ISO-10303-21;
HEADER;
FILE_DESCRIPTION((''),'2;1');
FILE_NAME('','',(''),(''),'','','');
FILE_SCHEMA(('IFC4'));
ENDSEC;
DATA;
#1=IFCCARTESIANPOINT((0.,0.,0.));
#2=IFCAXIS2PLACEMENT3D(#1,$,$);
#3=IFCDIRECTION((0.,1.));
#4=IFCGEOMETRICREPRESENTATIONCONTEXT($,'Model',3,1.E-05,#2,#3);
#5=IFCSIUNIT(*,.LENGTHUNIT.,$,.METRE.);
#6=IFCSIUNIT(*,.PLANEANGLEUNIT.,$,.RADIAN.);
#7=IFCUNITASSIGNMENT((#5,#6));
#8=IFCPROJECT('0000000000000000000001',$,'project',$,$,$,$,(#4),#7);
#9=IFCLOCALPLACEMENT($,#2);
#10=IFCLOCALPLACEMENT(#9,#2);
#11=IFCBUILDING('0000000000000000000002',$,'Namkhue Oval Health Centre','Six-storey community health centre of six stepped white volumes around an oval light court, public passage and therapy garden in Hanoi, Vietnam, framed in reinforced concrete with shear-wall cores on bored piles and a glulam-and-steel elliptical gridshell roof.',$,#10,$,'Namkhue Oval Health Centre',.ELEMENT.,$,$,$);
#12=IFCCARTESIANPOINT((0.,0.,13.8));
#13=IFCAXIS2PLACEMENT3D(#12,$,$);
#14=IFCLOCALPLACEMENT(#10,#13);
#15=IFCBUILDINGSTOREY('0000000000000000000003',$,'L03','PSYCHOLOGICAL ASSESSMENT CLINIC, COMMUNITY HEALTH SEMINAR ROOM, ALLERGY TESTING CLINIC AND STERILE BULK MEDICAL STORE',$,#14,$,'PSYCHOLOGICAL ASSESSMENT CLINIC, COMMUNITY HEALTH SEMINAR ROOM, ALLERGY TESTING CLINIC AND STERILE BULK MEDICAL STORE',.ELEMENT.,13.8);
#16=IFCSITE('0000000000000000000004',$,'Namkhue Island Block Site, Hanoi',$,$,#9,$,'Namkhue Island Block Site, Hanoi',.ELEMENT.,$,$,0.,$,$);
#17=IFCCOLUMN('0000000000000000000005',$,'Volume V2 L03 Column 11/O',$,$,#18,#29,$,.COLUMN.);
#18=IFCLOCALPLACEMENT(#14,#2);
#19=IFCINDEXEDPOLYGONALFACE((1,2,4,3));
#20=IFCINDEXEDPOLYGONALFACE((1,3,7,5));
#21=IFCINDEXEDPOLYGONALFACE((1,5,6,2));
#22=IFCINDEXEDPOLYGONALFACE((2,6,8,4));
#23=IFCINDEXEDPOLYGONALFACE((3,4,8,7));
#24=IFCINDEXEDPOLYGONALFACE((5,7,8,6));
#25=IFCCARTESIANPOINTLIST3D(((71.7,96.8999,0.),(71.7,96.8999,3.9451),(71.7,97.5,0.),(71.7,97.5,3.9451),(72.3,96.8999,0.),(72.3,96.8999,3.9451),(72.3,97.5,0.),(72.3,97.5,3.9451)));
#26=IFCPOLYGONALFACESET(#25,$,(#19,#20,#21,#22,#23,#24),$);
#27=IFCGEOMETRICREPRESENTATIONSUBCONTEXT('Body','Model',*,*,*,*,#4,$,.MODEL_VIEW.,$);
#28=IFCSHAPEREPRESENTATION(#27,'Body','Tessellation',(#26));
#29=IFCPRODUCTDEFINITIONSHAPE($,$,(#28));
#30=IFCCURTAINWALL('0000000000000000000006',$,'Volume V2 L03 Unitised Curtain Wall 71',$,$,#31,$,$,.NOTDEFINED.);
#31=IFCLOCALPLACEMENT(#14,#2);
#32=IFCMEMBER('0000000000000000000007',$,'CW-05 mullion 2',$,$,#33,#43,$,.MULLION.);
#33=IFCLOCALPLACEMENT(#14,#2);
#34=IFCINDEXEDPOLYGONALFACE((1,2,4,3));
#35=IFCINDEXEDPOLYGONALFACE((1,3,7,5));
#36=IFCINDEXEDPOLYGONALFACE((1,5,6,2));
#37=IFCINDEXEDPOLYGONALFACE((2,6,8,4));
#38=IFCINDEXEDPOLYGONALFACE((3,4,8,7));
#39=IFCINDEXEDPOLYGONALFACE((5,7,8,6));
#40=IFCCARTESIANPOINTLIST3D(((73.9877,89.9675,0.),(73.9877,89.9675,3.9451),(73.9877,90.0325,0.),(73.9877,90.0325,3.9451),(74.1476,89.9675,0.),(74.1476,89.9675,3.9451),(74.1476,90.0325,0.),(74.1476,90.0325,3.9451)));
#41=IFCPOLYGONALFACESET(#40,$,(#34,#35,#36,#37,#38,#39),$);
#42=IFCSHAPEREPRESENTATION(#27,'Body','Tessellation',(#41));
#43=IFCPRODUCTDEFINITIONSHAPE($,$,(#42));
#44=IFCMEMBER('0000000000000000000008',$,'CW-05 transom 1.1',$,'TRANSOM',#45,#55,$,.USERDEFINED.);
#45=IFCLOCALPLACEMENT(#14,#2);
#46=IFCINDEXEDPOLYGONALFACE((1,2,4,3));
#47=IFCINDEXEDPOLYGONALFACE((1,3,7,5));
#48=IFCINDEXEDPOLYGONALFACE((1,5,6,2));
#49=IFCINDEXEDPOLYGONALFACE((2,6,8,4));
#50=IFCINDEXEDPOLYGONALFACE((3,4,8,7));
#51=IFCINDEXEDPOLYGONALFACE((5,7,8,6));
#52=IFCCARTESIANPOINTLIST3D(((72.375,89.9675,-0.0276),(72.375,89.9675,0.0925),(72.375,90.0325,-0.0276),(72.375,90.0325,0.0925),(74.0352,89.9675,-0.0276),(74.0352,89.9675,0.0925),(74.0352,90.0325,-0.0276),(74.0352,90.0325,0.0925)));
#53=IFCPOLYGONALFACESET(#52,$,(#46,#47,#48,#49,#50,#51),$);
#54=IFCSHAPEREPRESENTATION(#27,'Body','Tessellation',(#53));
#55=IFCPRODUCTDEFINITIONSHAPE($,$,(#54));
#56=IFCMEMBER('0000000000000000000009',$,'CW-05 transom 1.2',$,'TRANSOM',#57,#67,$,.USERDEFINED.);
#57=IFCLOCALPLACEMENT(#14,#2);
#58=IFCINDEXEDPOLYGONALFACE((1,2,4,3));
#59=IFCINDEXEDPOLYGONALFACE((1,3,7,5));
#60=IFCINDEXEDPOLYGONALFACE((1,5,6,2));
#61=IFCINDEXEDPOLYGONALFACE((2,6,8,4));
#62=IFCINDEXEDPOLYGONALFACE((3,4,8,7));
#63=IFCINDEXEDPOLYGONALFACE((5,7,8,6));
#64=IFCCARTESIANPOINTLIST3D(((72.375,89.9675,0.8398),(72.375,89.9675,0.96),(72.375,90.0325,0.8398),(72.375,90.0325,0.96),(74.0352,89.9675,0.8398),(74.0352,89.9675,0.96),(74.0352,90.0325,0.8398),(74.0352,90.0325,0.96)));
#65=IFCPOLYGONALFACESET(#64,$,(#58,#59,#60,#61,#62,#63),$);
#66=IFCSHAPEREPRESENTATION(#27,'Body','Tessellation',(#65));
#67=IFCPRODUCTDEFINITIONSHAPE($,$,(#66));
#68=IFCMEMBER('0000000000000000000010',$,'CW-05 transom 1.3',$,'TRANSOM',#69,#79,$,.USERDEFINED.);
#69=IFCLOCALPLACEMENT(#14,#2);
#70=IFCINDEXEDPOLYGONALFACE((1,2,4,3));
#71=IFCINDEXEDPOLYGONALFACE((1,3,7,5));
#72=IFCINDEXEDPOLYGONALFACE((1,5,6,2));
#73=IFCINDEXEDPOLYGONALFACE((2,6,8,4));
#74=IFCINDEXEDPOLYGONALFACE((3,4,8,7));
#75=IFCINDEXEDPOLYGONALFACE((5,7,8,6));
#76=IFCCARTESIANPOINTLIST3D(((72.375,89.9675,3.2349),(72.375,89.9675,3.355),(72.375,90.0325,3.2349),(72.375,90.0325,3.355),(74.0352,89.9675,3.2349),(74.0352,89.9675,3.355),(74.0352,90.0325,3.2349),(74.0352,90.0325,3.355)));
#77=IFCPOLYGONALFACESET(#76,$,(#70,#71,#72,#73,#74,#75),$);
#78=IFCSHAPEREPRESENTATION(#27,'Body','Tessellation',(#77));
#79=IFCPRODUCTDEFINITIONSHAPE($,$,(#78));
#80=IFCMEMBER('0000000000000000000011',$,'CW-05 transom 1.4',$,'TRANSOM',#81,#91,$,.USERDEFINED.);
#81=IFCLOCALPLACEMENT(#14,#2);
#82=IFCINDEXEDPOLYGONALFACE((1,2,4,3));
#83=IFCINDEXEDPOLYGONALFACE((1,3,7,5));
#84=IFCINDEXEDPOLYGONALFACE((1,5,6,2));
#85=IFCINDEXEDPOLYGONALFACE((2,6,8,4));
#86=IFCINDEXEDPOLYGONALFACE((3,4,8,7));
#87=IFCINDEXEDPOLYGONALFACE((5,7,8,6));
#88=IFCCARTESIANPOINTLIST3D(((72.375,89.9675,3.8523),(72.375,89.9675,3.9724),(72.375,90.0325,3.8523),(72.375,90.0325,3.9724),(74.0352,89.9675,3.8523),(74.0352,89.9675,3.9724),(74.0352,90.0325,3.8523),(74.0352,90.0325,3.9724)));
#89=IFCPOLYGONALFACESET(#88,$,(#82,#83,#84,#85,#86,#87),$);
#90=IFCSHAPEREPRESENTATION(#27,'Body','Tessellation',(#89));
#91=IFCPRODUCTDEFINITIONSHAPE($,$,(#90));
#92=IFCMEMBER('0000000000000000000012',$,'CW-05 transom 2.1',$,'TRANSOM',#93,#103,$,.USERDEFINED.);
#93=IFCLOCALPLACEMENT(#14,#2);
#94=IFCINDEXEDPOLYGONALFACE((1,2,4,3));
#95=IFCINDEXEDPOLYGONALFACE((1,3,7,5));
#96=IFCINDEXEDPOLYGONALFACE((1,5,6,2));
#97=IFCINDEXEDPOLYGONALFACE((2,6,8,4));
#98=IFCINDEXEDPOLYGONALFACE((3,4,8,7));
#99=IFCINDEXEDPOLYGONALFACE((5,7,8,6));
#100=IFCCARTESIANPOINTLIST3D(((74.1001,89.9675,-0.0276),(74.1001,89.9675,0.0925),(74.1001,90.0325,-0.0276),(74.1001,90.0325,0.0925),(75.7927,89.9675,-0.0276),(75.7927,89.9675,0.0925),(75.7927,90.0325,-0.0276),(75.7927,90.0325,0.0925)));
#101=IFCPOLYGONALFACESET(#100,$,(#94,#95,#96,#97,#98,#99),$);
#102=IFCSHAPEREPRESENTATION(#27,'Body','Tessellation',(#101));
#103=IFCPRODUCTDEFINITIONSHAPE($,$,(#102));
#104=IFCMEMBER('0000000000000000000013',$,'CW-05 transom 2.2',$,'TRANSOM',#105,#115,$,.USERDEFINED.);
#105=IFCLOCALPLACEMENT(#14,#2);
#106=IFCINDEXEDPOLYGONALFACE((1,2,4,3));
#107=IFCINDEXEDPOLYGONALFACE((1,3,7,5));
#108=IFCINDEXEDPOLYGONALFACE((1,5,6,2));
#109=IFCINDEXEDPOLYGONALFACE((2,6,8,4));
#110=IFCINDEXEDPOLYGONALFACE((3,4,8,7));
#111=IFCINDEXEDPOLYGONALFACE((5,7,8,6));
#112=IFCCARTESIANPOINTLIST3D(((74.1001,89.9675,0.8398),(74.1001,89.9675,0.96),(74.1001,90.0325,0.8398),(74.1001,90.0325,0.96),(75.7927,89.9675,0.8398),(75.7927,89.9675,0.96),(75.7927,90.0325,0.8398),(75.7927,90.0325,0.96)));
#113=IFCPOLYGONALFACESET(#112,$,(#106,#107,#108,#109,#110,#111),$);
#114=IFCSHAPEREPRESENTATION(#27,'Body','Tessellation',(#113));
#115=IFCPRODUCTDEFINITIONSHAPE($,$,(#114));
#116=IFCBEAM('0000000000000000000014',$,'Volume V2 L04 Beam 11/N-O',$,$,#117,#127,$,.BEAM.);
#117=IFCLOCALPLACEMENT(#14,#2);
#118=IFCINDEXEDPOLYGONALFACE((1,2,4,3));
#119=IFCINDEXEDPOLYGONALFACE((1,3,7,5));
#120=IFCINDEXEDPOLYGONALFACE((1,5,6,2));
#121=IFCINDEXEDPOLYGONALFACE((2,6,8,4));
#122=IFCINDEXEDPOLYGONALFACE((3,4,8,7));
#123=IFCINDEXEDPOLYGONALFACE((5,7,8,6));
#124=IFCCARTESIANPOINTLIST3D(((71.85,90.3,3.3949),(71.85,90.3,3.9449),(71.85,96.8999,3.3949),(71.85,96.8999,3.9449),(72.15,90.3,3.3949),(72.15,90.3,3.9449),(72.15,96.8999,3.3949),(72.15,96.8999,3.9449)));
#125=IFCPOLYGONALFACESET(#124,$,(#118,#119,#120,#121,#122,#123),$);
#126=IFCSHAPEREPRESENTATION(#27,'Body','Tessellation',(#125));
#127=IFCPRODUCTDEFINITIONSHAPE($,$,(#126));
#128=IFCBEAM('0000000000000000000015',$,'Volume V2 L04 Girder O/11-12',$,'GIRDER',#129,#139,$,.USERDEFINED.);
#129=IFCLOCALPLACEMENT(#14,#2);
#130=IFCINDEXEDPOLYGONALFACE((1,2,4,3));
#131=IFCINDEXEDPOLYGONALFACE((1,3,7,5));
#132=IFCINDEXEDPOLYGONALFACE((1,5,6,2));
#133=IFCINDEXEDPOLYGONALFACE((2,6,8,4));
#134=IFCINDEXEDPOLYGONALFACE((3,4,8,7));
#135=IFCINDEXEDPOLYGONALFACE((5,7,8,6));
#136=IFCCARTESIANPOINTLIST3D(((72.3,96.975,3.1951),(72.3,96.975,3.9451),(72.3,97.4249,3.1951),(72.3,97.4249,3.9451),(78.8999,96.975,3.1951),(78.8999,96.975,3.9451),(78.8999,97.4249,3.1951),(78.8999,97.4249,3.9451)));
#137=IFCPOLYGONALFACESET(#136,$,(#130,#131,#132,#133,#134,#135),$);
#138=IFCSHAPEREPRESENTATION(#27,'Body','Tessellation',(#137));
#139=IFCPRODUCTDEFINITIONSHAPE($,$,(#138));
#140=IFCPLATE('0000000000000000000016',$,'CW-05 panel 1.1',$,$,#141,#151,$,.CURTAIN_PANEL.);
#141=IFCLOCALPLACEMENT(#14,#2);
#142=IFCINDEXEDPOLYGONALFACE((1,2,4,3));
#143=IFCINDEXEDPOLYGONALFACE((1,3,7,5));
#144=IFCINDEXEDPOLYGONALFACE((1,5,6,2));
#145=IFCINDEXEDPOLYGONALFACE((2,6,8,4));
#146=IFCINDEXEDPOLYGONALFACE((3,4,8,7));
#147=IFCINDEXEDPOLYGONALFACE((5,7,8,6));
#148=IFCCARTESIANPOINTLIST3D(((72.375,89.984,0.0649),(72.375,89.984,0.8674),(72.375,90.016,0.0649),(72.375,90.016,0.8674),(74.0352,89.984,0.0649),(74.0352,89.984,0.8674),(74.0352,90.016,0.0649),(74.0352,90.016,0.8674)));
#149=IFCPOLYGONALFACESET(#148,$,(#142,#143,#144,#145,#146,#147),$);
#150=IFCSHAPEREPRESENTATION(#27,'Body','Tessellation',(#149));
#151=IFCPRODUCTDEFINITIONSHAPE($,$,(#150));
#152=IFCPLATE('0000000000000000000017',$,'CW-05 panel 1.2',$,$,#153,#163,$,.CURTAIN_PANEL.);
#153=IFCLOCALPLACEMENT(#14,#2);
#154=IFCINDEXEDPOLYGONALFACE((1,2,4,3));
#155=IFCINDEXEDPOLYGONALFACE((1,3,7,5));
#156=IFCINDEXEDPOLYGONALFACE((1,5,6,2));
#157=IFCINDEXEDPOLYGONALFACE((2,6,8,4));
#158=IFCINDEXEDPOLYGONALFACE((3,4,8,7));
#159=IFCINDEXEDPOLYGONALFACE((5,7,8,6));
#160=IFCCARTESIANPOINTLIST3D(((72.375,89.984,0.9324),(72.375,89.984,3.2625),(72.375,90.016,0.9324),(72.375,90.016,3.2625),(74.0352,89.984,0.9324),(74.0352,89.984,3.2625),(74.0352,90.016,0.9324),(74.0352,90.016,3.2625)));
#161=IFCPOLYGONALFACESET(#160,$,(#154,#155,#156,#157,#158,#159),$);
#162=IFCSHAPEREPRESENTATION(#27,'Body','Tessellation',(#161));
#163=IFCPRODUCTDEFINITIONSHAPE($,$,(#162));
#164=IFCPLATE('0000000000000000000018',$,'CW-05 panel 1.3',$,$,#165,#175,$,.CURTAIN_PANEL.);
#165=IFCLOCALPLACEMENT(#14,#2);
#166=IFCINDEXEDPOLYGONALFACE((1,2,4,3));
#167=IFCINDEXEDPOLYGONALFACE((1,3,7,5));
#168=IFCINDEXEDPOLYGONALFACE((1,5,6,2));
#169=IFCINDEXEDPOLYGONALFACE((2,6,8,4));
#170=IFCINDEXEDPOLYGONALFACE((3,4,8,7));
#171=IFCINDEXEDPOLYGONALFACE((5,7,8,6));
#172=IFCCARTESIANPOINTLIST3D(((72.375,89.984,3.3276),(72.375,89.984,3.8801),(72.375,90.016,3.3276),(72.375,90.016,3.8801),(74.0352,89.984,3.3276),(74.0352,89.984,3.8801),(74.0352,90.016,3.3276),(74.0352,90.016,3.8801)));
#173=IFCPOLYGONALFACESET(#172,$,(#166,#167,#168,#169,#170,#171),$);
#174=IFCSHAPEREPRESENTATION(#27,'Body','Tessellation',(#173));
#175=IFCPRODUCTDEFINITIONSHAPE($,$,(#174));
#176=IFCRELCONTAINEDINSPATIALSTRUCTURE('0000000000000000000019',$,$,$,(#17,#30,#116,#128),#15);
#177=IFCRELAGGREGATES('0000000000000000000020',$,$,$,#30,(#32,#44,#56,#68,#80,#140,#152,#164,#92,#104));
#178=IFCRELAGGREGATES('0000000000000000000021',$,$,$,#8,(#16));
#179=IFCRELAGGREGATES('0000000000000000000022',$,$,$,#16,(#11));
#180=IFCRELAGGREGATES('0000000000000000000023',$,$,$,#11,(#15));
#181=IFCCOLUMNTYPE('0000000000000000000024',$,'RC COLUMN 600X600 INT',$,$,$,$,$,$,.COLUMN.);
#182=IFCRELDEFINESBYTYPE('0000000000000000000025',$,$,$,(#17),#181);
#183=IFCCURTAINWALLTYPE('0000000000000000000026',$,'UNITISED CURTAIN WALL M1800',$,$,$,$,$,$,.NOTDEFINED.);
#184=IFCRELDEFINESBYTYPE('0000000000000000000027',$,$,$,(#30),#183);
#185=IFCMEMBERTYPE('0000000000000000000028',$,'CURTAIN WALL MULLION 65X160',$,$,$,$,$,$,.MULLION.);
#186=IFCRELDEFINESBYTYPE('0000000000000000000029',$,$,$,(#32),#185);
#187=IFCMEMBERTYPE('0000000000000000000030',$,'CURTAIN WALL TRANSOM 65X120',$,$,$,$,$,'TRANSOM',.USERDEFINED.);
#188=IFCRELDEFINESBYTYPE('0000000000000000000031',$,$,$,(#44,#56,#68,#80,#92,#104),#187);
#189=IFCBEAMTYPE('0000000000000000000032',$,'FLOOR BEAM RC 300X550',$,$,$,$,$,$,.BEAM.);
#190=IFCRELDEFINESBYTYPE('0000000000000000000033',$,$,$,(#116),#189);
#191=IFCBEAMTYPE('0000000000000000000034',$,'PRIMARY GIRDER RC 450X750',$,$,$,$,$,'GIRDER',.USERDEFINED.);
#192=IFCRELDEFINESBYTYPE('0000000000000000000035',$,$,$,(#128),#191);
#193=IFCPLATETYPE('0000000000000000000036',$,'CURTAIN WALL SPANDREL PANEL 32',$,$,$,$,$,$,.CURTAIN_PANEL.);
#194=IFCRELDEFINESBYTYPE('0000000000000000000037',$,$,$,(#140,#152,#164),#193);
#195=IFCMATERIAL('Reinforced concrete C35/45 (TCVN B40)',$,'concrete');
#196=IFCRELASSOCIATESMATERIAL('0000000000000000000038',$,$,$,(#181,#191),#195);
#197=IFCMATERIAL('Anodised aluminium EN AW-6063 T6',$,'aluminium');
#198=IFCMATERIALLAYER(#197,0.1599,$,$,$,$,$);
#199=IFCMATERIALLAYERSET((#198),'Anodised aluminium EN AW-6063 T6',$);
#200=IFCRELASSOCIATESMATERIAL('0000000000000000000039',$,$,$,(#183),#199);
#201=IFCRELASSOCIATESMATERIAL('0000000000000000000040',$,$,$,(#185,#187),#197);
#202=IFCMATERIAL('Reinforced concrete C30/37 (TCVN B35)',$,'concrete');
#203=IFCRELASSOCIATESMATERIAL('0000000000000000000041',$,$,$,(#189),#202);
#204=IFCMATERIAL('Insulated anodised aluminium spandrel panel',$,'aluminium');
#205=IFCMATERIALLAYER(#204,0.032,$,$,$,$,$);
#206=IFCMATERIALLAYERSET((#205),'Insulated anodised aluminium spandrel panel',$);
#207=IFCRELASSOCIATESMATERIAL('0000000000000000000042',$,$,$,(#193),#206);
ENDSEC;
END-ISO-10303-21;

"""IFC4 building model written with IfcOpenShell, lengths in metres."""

from ifc_helpers import new_model, si_unit, direction, frame, origin, origin_2d, place, context, subcontext, project, spatial, rectangle, extrude, material, layer, layer_set, material_profile, profile_set, type_object, element, aggregate, save


model = new_model("IFC4")

# Units and contexts
model_context = context("Model", 3, precision=1e-05, world=origin(), true_north=direction((0.0, 1.0)))
body_context = subcontext(model_context, "Body", "Model", "MODEL_VIEW")
ifc_project = project(units=[si_unit("LENGTHUNIT", "METRE"), si_unit("PLANEANGLEUNIT", "RADIAN")], contexts=[model_context])

# Site, building, storey
site_placement = place(None, origin())
site = spatial("IfcSite", under=ifc_project, at=site_placement, Name="Namkhue Island Block Site, Hanoi", LongName="Namkhue Island Block Site, Hanoi", CompositionType="ELEMENT", RefElevation=0.0)
building_placement = place(site_placement, origin())
building = spatial("IfcBuilding", under=site, at=building_placement, Name="Namkhue Oval Health Centre", Description="Six-storey community health centre of six stepped white volumes around an oval light court, public passage and therapy garden in Hanoi, Vietnam, framed in reinforced concrete with shear-wall cores on bored piles and a glulam-and-steel elliptical gridshell roof.", LongName="Namkhue Oval Health Centre", CompositionType="ELEMENT")
storey_placement = place(building_placement, frame((0.0, 0.0, 13.8)))
storey = spatial("IfcBuildingStorey", under=building, at=storey_placement, Name="L03", Description="PSYCHOLOGICAL ASSESSMENT CLINIC, COMMUNITY HEALTH SEMINAR ROOM, ALLERGY TESTING CLINIC AND STERILE BULK MEDICAL STORE", LongName="PSYCHOLOGICAL ASSESSMENT CLINIC, COMMUNITY HEALTH SEMINAR ROOM, ALLERGY TESTING CLINIC AND STERILE BULK MEDICAL STORE", CompositionType="ELEMENT", Elevation=13.8)

# Column
ifc_material_1 = material(Name="Reinforced concrete C35/45 (TCVN B40)", Category="concrete")
ifc_material_profile_1 = material_profile(ifc_material_1, rectangle(XDim=0.6001, YDim=0.6001, at=origin_2d()), Name="RC 600x600")
ifc_profile_set_1 = profile_set([ifc_material_profile_1], Name="Reinforced concrete C35/45 (TCVN B40)")
column_type = type_object("IfcColumnType", Name="RC COLUMN 600X600 INT", PredefinedType="COLUMN", material=ifc_profile_set_1)
column_placement = place(storey_placement, frame((72.0, 97.2, 0.0), z_axis=(0.0, 0.0, 1.0), x_axis=(1.0, 0.0, 0.0)))
element("IfcColumn", 1, at=column_placement, inside=storey, type_object=column_type, Name="Volume V2 L03 Column 11/O", PredefinedType="COLUMN", context=body_context, shape_type="SweptSolid", body=[
    extrude(rectangle(XDim=0.6001, YDim=0.6001, at=origin_2d()), origin(), (0.0, 0.0, 1.0), 3.9451),
])

# Curtain wall, members
ifc_material_2 = material(Name="Anodised aluminium EN AW-6063 T6", Category="aluminium")
ifc_layer_1 = layer(ifc_material_2, 0.1599)
ifc_layer_set_1 = layer_set([ifc_layer_1], Name="Anodised aluminium EN AW-6063 T6")
curtain_wall_type = type_object("IfcCurtainWallType", Name="UNITISED CURTAIN WALL M1800", PredefinedType="NOTDEFINED", material=ifc_layer_set_1)
curtain_wall_placement = place(storey_placement, origin())
curtain_wall = element("IfcCurtainWall", 2, at=curtain_wall_placement, inside=storey, type_object=curtain_wall_type, Name="Volume V2 L03 Unitised Curtain Wall 71", PredefinedType="NOTDEFINED")
ifc_material_profile_2 = material_profile(ifc_material_2, rectangle(XDim=0.0649, YDim=0.1599, at=origin_2d()), Name="ALU 65x160")
ifc_profile_set_2 = profile_set([ifc_material_profile_2], Name="Anodised aluminium EN AW-6063 T6")
member_type_1 = type_object("IfcMemberType", Name="CURTAIN WALL MULLION 65X160", PredefinedType="MULLION", material=ifc_profile_set_2)
member_1_placement = place(storey_placement, frame((74.0676, 90.0, 0.0), z_axis=(0.0, 0.0, 1.0), x_axis=(0.0, 1.0, 0.0)))
member_1 = element("IfcMember", 3, at=member_1_placement, type_object=member_type_1, Name="CW-05 mullion 2", PredefinedType="MULLION", context=body_context, shape_type="SweptSolid", body=[
    extrude(rectangle(XDim=0.0649, YDim=0.1599, at=origin_2d()), origin(), (0.0, 0.0, 1.0), 3.9451),
])
ifc_material_profile_3 = material_profile(ifc_material_2, rectangle(XDim=0.0649, YDim=0.1201, at=origin_2d()), Name="ALU 65x120")
ifc_profile_set_3 = profile_set([ifc_material_profile_3], Name="Anodised aluminium EN AW-6063 T6")
member_type_2 = type_object("IfcMemberType", Name="CURTAIN WALL TRANSOM 65X120", ElementType="TRANSOM", PredefinedType="USERDEFINED", material=ifc_profile_set_3)
member_2_placement = place(storey_placement, frame((72.375, 90.0, 0.0325), z_axis=(1.0, 0.0, 0.0), x_axis=(0.0, 1.0, 0.0)))
member_2 = element("IfcMember", 4, at=member_2_placement, type_object=member_type_2, Name="CW-05 transom 1.1", ObjectType="TRANSOM", PredefinedType="USERDEFINED", context=body_context, shape_type="SweptSolid", body=[
    extrude(rectangle(XDim=0.0649, YDim=0.1201, at=origin_2d()), origin(), (0.0, 0.0, 1.0), 1.6602),
])
member_3_placement = place(storey_placement, frame((72.375, 90.0, 0.8999), z_axis=(1.0, 0.0, 0.0), x_axis=(0.0, 1.0, 0.0)))
member_3 = element("IfcMember", 5, at=member_3_placement, type_object=member_type_2, Name="CW-05 transom 1.2", ObjectType="TRANSOM", PredefinedType="USERDEFINED", context=body_context, shape_type="SweptSolid", body=[
    extrude(rectangle(XDim=0.0649, YDim=0.1201, at=origin_2d()), origin(), (0.0, 0.0, 1.0), 1.6602),
])
member_4_placement = place(storey_placement, frame((72.375, 90.0, 3.2949), z_axis=(1.0, 0.0, 0.0), x_axis=(0.0, 1.0, 0.0)))
member_4 = element("IfcMember", 6, at=member_4_placement, type_object=member_type_2, Name="CW-05 transom 1.3", ObjectType="TRANSOM", PredefinedType="USERDEFINED", context=body_context, shape_type="SweptSolid", body=[
    extrude(rectangle(XDim=0.0649, YDim=0.1201, at=origin_2d()), origin(), (0.0, 0.0, 1.0), 1.6602),
])
member_5_placement = place(storey_placement, frame((72.375, 90.0, 3.9124), z_axis=(1.0, 0.0, 0.0), x_axis=(0.0, 1.0, 0.0)))
member_5 = element("IfcMember", 7, at=member_5_placement, type_object=member_type_2, Name="CW-05 transom 1.4", ObjectType="TRANSOM", PredefinedType="USERDEFINED", context=body_context, shape_type="SweptSolid", body=[
    extrude(rectangle(XDim=0.0649, YDim=0.1201, at=origin_2d()), origin(), (0.0, 0.0, 1.0), 1.6602),
])
member_6_placement = place(storey_placement, frame((74.1001, 90.0, 0.0325), z_axis=(1.0, 0.0, 0.0), x_axis=(0.0, 1.0, 0.0)))
member_6 = element("IfcMember", 8, at=member_6_placement, type_object=member_type_2, Name="CW-05 transom 2.1", ObjectType="TRANSOM", PredefinedType="USERDEFINED", context=body_context, shape_type="SweptSolid", body=[
    extrude(rectangle(XDim=0.0649, YDim=0.1201, at=origin_2d()), origin(), (0.0, 0.0, 1.0), 1.6926),
])
member_7_placement = place(storey_placement, frame((74.1001, 90.0, 0.8999), z_axis=(1.0, 0.0, 0.0), x_axis=(0.0, 1.0, 0.0)))
member_7 = element("IfcMember", 9, at=member_7_placement, type_object=member_type_2, Name="CW-05 transom 2.2", ObjectType="TRANSOM", PredefinedType="USERDEFINED", context=body_context, shape_type="SweptSolid", body=[
    extrude(rectangle(XDim=0.0649, YDim=0.1201, at=origin_2d()), origin(), (0.0, 0.0, 1.0), 1.6926),
])

# Beams
ifc_material_3 = material(Name="Reinforced concrete C30/37 (TCVN B35)", Category="concrete")
ifc_material_profile_4 = material_profile(ifc_material_3, rectangle(XDim=0.3, YDim=0.55, at=origin_2d()), Name="RC 300x550")
ifc_profile_set_4 = profile_set([ifc_material_profile_4], Name="Reinforced concrete C30/37 (TCVN B35)")
beam_type_1 = type_object("IfcBeamType", Name="FLOOR BEAM RC 300X550", PredefinedType="BEAM", material=ifc_profile_set_4)
beam_1_placement = place(storey_placement, frame((72.0, 90.3, 3.6699), z_axis=(0.0, 1.0, 0.0), x_axis=(-1.0, 0.0, 0.0)))
element("IfcBeam", 10, at=beam_1_placement, inside=storey, type_object=beam_type_1, Name="Volume V2 L04 Beam 11/N-O", PredefinedType="BEAM", context=body_context, shape_type="SweptSolid", body=[
    extrude(rectangle(XDim=0.3, YDim=0.55, at=origin_2d()), origin(), (0.0, 0.0, 1.0), 6.5999),
])
ifc_material_profile_5 = material_profile(ifc_material_1, rectangle(XDim=0.45, YDim=0.75, at=origin_2d()), Name="RC 450x750")
ifc_profile_set_5 = profile_set([ifc_material_profile_5], Name="Reinforced concrete C35/45 (TCVN B40)")
beam_type_2 = type_object("IfcBeamType", Name="PRIMARY GIRDER RC 450X750", ElementType="GIRDER", PredefinedType="USERDEFINED", material=ifc_profile_set_5)
beam_2_placement = place(storey_placement, frame((72.3, 97.2, 3.5701), z_axis=(1.0, 0.0, 0.0), x_axis=(0.0, 1.0, 0.0)))
element("IfcBeam", 11, at=beam_2_placement, inside=storey, type_object=beam_type_2, Name="Volume V2 L04 Girder O/11-12", ObjectType="GIRDER", PredefinedType="USERDEFINED", context=body_context, shape_type="SweptSolid", body=[
    extrude(rectangle(XDim=0.45, YDim=0.75, at=origin_2d()), origin(), (0.0, 0.0, 1.0), 6.5999),
])

# Plates
ifc_material_4 = material(Name="Insulated anodised aluminium spandrel panel", Category="aluminium")
ifc_layer_2 = layer(ifc_material_4, 0.032)
ifc_layer_set_2 = layer_set([ifc_layer_2], Name="Insulated anodised aluminium spandrel panel")
plate_type = type_object("IfcPlateType", Name="CURTAIN WALL SPANDREL PANEL 32", PredefinedType="CURTAIN_PANEL", material=ifc_layer_set_2)
plate_1_placement = place(storey_placement, frame((73.2051, 90.0, 0.0649), z_axis=(0.0, 0.0, 1.0), x_axis=(1.0, 0.0, 0.0)))
plate_1 = element("IfcPlate", 12, at=plate_1_placement, type_object=plate_type, Name="CW-05 panel 1.1", PredefinedType="CURTAIN_PANEL", context=body_context, shape_type="SweptSolid", body=[
    extrude(rectangle(XDim=1.6602, YDim=0.032, at=origin_2d()), origin(), (0.0, 0.0, 1.0), 0.8025),
])
plate_2_placement = place(storey_placement, frame((73.2051, 90.0, 0.9324), z_axis=(0.0, 0.0, 1.0), x_axis=(1.0, 0.0, 0.0)))
plate_2 = element("IfcPlate", 13, at=plate_2_placement, type_object=plate_type, Name="CW-05 panel 1.2", PredefinedType="CURTAIN_PANEL", context=body_context, shape_type="SweptSolid", body=[
    extrude(rectangle(XDim=1.6602, YDim=0.032, at=origin_2d()), origin(), (0.0, 0.0, 1.0), 2.3301),
])
plate_3_placement = place(storey_placement, frame((73.2051, 90.0, 3.3276), z_axis=(0.0, 0.0, 1.0), x_axis=(1.0, 0.0, 0.0)))
plate_3 = element("IfcPlate", 14, at=plate_3_placement, type_object=plate_type, Name="CW-05 panel 1.3", PredefinedType="CURTAIN_PANEL", context=body_context, shape_type="SweptSolid", body=[
    extrude(rectangle(XDim=1.6602, YDim=0.032, at=origin_2d()), origin(), (0.0, 0.0, 1.0), 0.5525),
])
aggregate(curtain_wall, [member_1, member_2, member_3, member_4, member_5, plate_1, plate_2, plate_3, member_6, member_7])

save(model, "model.ifc")
